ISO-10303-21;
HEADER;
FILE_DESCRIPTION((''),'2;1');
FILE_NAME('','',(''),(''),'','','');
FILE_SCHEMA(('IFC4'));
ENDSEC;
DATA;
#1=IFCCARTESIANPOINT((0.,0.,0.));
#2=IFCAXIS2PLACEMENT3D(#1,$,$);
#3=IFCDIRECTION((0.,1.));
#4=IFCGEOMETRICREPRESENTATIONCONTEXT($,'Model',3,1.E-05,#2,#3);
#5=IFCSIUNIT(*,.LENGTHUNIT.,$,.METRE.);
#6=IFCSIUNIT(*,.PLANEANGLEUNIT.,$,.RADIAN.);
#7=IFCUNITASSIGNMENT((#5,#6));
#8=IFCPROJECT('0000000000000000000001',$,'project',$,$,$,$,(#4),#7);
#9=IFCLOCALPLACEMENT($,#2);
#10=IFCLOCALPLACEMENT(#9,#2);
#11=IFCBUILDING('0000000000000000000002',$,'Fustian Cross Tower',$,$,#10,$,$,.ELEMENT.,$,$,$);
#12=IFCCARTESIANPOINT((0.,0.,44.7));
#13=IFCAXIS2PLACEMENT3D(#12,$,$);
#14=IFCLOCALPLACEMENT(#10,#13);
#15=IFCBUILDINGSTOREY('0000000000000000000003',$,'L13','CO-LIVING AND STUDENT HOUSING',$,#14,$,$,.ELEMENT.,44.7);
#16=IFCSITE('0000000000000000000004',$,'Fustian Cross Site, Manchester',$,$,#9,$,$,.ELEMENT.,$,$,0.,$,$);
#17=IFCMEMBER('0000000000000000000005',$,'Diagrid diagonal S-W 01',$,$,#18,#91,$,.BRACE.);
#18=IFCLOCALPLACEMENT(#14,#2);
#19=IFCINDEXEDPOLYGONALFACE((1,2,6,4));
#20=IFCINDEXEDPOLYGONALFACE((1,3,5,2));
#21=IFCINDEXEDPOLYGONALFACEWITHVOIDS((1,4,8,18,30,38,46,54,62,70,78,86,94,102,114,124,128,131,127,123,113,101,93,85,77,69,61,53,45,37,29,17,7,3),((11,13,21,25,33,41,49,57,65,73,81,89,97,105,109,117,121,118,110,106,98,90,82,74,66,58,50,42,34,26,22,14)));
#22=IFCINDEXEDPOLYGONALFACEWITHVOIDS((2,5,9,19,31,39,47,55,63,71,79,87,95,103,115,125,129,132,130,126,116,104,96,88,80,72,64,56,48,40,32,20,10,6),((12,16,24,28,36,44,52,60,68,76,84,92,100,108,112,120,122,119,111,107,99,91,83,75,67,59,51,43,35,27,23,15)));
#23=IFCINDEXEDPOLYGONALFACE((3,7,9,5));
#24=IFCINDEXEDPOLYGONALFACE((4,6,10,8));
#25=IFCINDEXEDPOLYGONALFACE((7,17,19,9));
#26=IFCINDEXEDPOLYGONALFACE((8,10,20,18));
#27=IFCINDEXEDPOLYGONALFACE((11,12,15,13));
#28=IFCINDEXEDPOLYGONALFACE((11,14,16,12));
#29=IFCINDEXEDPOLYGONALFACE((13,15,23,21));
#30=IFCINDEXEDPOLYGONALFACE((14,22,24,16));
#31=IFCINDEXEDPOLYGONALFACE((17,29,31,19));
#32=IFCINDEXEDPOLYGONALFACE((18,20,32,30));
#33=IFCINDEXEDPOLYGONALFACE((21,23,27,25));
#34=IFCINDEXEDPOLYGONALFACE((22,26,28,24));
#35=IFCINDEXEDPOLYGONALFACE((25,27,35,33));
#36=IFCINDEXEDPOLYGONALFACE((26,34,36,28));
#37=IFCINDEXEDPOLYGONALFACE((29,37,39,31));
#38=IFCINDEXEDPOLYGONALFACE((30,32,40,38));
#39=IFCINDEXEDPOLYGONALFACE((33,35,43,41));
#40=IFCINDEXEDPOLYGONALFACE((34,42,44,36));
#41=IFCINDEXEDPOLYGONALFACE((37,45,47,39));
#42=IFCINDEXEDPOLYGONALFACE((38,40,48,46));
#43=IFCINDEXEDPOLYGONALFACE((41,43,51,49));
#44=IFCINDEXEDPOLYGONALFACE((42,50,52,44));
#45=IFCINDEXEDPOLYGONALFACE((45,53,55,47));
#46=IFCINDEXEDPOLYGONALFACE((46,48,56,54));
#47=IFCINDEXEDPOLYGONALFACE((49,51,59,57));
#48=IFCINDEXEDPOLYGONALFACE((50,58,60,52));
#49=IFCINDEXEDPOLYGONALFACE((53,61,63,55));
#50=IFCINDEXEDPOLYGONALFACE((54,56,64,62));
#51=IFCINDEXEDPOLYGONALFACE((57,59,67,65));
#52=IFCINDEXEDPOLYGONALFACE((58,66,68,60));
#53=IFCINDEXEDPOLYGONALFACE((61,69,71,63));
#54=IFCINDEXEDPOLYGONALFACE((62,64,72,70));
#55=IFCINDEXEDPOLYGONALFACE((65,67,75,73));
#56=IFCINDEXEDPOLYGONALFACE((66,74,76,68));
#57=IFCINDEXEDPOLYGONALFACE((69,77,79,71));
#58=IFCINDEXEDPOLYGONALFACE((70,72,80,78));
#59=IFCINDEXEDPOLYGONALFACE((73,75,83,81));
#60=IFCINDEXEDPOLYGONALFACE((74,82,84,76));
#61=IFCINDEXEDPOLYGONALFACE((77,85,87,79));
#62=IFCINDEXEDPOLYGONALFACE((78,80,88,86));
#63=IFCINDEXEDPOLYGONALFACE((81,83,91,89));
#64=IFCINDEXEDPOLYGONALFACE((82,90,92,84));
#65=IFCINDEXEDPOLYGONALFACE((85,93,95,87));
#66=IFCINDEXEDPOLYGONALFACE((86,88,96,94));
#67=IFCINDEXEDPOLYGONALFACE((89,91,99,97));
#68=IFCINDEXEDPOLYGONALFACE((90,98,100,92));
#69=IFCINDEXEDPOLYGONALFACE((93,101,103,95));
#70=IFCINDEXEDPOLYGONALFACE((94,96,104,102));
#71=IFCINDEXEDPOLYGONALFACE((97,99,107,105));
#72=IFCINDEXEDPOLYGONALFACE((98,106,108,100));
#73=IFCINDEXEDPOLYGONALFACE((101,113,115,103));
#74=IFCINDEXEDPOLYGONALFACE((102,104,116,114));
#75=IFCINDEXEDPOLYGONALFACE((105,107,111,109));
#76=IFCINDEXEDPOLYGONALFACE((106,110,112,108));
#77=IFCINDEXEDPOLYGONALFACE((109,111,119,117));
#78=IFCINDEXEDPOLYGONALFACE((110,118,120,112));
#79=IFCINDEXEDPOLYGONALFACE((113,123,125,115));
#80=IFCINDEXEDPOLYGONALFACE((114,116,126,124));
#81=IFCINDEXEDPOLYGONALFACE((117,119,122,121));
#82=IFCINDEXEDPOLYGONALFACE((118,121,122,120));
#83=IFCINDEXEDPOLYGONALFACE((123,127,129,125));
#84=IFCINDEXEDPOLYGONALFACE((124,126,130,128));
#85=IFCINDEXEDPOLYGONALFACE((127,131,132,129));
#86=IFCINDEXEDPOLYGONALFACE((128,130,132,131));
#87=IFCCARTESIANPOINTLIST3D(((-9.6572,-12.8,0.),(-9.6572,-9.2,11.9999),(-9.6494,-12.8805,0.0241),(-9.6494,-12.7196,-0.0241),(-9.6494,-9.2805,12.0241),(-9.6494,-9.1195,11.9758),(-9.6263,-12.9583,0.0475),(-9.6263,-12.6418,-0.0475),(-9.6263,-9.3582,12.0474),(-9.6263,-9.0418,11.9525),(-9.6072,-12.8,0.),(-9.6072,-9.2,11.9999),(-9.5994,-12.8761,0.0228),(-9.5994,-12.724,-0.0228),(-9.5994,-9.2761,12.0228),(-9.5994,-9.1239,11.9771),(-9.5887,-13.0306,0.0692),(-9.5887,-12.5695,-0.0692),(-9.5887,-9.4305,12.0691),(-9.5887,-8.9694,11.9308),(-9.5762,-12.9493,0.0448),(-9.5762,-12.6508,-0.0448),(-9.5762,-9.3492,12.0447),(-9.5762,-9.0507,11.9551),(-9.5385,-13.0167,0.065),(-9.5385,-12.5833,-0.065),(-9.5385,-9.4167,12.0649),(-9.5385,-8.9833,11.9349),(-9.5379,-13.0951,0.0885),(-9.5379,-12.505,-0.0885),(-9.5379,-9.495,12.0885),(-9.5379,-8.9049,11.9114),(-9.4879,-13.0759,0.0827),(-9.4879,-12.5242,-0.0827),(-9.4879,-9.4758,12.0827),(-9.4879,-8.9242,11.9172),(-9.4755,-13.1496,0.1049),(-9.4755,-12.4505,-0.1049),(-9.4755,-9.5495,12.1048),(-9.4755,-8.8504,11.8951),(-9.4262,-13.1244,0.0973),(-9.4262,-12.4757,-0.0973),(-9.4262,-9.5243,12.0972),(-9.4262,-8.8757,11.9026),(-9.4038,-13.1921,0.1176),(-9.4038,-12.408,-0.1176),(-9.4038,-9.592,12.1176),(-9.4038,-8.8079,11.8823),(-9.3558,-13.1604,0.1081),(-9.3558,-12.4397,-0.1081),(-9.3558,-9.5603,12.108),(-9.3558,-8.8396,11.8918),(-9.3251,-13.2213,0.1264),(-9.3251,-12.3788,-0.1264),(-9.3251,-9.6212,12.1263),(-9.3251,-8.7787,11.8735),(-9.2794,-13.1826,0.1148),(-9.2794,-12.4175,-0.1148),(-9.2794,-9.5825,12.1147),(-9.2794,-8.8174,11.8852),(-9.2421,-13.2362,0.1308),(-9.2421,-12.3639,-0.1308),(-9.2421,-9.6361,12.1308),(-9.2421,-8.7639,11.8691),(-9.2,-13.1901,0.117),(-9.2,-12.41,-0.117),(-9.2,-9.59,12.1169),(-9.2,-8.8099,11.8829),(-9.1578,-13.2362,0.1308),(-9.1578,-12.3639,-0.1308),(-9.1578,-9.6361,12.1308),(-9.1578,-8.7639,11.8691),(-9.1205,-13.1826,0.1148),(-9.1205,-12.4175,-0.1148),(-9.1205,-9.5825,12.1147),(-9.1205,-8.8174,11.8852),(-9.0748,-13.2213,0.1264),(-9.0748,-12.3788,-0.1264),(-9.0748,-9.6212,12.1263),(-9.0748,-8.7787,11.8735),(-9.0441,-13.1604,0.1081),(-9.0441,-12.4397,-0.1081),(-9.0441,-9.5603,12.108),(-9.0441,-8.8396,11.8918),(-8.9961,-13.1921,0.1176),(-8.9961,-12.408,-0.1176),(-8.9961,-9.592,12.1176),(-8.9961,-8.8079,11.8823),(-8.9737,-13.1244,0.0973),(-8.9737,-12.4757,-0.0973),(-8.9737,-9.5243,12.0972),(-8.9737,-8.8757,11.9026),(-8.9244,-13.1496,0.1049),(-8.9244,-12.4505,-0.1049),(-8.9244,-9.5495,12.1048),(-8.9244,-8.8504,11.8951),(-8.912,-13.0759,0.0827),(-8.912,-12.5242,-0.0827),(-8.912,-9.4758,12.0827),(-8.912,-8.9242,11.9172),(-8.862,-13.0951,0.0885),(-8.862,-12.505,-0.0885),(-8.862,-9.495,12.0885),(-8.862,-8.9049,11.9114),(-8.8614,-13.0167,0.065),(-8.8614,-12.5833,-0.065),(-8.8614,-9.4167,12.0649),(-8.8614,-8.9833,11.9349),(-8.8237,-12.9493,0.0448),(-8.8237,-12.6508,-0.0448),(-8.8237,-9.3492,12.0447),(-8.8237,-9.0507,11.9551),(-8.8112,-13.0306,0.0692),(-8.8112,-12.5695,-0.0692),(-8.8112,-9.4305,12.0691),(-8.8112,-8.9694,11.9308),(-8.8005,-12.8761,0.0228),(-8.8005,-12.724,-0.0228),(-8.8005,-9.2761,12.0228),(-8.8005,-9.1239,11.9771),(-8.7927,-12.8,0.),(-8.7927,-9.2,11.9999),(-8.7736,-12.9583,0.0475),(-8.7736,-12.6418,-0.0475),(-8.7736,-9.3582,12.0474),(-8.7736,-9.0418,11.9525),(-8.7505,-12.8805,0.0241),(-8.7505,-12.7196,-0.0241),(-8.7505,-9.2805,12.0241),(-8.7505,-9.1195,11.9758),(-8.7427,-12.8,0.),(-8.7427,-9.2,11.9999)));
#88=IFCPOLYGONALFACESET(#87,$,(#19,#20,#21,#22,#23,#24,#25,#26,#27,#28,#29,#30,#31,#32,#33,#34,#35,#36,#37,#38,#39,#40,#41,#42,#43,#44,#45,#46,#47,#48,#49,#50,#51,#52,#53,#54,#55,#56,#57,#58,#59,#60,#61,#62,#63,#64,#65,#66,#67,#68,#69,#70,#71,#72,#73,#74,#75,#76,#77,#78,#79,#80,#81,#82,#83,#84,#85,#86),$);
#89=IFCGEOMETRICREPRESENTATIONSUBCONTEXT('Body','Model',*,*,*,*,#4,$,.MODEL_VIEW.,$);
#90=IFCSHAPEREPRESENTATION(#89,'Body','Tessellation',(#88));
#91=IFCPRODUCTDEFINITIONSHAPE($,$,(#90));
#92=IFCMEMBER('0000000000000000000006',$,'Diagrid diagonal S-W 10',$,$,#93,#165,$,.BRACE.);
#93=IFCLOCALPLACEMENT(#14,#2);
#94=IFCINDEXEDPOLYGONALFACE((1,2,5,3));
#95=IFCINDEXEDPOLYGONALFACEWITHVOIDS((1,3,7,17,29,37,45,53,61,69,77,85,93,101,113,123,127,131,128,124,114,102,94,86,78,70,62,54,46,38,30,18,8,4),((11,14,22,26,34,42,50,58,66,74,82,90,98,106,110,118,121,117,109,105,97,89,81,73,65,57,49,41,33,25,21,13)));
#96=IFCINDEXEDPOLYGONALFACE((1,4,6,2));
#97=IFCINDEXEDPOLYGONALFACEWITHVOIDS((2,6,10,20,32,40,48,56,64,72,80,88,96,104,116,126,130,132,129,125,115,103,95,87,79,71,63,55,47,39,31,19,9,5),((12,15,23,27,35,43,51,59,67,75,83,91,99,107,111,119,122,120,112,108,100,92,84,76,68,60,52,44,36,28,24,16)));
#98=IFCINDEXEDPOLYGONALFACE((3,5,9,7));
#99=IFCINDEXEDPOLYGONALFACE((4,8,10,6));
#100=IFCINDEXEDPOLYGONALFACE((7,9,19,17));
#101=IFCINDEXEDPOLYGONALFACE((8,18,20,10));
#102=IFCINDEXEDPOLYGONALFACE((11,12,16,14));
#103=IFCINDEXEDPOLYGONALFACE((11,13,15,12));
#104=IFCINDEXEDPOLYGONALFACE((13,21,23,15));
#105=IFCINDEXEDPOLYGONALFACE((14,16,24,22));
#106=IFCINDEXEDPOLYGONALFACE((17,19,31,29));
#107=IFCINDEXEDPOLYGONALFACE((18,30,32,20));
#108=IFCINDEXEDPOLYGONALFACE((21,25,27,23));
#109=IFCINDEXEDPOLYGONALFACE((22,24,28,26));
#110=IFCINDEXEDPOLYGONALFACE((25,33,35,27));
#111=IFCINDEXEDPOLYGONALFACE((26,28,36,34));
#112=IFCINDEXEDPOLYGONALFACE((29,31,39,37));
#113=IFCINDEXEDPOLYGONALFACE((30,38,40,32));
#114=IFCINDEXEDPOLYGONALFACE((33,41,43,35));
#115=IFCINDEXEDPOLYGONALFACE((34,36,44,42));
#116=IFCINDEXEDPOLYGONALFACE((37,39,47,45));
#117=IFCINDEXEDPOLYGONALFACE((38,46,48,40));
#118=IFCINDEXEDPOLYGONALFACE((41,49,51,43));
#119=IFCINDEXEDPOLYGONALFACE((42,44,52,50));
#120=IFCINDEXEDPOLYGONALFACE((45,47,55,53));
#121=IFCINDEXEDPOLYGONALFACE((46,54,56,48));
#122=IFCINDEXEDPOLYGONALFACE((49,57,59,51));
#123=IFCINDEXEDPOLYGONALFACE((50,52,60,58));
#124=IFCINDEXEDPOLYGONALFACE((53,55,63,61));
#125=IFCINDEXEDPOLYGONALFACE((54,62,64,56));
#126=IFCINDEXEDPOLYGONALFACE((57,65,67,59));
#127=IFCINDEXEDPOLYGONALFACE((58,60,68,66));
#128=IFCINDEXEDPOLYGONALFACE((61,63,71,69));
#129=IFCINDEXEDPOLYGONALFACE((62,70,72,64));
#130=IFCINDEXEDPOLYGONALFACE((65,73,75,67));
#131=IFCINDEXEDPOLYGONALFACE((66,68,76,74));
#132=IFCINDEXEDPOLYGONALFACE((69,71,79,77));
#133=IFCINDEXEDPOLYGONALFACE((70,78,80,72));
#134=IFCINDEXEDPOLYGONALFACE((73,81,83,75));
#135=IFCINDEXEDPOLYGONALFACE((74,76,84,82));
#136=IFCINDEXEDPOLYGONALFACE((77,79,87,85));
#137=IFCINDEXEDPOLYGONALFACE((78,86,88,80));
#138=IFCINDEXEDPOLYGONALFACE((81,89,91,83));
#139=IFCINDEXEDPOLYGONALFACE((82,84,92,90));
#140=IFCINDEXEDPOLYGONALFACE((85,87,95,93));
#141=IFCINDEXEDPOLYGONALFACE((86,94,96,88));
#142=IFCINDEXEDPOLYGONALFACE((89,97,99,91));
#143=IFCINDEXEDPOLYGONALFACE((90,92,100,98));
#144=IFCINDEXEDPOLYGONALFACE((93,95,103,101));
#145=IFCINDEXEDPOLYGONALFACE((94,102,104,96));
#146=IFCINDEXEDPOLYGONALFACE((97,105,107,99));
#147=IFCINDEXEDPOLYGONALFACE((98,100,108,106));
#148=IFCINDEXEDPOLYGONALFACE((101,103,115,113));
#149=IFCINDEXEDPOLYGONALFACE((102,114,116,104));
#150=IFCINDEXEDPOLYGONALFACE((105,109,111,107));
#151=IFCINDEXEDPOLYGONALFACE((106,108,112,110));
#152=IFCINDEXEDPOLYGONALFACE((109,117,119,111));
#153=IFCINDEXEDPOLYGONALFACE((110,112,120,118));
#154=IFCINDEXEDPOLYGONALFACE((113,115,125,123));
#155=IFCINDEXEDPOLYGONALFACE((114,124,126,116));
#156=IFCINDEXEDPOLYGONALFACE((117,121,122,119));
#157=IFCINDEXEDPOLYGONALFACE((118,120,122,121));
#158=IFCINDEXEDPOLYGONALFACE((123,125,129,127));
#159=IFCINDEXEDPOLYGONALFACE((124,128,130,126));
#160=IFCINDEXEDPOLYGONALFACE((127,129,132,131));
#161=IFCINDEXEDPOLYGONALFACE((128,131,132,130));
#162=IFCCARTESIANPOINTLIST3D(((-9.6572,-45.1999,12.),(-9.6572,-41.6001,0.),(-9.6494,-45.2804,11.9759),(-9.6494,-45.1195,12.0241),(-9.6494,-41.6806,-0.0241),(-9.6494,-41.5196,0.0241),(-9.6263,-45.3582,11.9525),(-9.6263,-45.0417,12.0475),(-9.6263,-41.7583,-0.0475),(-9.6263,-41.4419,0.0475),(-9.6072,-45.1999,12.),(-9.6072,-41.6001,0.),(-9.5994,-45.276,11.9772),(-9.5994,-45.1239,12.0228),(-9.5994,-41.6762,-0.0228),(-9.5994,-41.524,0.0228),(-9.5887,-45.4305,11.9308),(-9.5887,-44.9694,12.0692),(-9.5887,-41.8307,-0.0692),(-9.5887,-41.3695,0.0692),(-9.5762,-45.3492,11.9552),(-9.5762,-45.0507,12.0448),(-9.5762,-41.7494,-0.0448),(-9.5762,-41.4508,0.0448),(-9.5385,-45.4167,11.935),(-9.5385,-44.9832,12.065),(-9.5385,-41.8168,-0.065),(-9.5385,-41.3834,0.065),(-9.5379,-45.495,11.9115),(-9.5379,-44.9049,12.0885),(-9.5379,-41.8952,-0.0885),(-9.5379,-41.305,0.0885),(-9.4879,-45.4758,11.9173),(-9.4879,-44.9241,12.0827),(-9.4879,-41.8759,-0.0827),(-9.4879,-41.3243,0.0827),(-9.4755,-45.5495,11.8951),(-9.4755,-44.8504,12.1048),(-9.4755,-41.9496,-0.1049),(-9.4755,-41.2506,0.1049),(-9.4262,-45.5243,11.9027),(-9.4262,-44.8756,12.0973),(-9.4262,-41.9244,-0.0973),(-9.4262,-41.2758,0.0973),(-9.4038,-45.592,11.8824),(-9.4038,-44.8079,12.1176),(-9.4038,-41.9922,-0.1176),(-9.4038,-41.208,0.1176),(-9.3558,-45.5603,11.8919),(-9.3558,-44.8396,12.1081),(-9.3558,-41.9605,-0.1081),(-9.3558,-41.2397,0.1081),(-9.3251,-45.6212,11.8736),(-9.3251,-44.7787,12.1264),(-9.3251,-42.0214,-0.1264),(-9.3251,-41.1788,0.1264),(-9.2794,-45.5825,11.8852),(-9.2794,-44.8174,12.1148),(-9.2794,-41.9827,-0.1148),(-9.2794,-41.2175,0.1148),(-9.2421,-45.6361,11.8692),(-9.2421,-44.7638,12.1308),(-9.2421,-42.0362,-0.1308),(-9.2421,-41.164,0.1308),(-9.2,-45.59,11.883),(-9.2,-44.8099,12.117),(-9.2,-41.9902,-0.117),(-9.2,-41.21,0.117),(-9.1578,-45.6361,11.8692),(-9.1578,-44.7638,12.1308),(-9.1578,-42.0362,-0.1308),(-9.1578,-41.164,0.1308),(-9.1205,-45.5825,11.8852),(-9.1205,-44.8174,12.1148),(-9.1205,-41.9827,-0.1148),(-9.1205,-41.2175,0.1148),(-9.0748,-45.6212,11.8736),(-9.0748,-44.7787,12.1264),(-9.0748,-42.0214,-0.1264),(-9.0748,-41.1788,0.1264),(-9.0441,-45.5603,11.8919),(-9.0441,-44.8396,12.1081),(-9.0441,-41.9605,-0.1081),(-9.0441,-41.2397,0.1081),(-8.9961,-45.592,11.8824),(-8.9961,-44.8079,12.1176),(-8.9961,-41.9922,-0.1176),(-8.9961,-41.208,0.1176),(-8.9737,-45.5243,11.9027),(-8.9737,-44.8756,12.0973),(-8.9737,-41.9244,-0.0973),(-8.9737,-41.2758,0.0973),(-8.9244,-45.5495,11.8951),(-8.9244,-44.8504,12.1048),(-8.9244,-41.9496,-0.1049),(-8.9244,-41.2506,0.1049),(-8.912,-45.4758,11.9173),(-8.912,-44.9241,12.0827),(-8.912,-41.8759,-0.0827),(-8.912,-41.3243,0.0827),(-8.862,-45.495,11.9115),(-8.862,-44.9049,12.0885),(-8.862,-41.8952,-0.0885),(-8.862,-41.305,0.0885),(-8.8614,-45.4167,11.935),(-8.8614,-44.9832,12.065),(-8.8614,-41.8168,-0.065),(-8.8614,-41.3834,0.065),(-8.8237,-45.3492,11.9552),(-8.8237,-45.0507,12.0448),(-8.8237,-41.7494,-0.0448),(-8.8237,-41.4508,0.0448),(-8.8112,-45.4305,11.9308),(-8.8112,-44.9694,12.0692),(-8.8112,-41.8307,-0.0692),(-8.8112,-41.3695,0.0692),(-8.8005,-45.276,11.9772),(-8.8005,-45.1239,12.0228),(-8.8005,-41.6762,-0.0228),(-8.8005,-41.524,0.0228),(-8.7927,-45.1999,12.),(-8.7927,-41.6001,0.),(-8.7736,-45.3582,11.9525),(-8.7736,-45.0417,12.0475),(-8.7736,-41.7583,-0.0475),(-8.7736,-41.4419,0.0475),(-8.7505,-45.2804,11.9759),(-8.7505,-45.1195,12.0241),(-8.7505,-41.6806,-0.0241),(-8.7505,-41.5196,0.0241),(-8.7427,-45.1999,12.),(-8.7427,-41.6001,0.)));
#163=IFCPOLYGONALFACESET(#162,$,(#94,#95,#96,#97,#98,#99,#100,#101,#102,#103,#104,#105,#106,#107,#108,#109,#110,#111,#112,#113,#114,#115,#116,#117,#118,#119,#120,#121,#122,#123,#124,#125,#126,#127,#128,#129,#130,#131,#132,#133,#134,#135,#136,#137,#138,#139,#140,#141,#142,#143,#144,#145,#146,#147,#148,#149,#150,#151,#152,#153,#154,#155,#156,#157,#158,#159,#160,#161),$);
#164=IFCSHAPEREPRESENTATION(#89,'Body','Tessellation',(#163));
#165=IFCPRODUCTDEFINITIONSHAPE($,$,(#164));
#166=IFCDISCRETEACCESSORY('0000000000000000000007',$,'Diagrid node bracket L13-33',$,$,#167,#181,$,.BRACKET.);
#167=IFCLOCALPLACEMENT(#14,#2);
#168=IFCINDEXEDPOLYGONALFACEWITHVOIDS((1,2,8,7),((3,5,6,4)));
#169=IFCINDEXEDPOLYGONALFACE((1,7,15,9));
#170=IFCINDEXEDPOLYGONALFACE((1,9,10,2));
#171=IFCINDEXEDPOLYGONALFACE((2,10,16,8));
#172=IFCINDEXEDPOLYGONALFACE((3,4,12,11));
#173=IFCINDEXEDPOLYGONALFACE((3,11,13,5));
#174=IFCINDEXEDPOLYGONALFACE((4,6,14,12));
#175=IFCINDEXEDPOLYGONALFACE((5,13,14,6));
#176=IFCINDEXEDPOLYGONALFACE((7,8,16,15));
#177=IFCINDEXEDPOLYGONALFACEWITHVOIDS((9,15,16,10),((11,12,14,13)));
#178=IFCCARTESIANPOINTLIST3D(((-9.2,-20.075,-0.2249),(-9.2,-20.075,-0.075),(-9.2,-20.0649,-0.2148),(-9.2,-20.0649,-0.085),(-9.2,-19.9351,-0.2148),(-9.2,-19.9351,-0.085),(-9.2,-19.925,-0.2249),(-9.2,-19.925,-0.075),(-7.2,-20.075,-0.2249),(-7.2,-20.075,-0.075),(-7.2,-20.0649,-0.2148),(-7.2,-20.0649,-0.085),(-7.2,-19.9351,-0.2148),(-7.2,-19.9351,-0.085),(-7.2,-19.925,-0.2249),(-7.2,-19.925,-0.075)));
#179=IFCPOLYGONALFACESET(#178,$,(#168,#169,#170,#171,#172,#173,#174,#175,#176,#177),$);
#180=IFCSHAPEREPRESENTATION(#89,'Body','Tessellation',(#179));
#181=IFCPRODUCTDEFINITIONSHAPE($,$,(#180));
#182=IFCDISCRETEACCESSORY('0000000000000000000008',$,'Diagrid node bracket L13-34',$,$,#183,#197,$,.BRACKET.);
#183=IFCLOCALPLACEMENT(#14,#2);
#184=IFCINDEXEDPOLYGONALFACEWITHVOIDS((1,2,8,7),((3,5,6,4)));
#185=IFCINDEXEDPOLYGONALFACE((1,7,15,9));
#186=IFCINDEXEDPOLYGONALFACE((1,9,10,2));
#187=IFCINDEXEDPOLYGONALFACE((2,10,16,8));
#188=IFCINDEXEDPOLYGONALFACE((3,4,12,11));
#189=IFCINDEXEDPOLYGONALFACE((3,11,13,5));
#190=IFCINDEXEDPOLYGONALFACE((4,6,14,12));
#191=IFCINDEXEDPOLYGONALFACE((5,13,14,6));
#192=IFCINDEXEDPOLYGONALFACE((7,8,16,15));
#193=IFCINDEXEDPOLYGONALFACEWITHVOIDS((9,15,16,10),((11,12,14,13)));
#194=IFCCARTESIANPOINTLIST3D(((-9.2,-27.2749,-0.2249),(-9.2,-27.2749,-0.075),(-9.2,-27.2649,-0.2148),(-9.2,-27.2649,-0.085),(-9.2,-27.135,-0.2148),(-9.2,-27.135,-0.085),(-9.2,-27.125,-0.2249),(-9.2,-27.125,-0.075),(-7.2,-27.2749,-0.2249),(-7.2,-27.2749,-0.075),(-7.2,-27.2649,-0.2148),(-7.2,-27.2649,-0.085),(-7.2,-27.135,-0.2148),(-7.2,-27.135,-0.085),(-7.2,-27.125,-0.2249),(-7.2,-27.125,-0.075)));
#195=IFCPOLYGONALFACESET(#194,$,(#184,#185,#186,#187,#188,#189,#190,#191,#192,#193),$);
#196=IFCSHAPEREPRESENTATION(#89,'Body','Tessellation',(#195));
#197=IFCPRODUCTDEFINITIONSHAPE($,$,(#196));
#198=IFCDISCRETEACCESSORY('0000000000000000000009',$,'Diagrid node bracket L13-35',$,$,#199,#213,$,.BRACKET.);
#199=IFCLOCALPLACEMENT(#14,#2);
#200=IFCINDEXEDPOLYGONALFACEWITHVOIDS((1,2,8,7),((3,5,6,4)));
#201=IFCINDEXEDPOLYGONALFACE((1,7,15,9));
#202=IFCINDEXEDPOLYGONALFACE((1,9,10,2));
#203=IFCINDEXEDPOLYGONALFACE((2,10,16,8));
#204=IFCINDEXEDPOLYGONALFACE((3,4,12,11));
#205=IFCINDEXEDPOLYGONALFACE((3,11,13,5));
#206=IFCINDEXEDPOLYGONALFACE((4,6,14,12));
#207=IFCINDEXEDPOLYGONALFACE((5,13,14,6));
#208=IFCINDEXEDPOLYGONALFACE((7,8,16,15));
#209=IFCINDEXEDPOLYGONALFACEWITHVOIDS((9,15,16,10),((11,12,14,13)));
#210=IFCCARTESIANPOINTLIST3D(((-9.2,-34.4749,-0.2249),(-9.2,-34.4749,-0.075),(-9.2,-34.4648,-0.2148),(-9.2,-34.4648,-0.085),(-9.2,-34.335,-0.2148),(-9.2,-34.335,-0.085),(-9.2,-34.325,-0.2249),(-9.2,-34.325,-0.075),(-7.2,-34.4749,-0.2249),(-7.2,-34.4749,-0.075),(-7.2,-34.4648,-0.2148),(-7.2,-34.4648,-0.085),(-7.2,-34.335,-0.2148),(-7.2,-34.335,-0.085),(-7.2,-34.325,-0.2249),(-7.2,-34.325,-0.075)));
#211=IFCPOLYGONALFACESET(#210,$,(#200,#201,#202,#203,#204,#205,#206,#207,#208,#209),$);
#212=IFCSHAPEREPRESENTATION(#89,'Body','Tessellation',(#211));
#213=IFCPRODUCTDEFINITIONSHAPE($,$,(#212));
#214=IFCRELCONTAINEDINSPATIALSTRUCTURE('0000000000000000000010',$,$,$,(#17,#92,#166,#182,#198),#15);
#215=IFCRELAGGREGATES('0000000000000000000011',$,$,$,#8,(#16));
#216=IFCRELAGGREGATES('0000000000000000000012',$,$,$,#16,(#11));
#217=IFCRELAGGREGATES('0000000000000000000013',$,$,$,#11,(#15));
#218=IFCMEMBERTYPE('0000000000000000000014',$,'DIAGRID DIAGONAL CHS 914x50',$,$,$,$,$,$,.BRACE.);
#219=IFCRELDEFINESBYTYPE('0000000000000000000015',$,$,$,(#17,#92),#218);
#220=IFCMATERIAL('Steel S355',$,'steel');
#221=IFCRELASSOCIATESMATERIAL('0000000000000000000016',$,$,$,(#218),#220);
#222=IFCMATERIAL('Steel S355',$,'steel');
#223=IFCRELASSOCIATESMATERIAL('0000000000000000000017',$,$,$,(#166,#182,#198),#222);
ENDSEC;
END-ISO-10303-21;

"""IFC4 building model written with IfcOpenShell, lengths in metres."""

from ifc_helpers import new_model, si_unit, direction, frame, origin, origin_2d, place, context, subcontext, project, spatial, hollow_rectangle, hollow_circle, extrude, material, material_profile, profile_set, type_object, element, save


model = new_model("IFC4")

# Units and contexts
model_context = context("Model", 3, precision=1e-05, world=origin(), true_north=direction((0.0, 1.0)))
body_context = subcontext(model_context, "Body", "Model", "MODEL_VIEW")
ifc_project = project(units=[si_unit("LENGTHUNIT", "METRE"), si_unit("PLANEANGLEUNIT", "RADIAN")], contexts=[model_context])

# Site, building, storey
site_placement = place(None, origin())
site = spatial("IfcSite", under=ifc_project, at=site_placement, Name="Fustian Cross Site, Manchester", CompositionType="ELEMENT", RefElevation=0.0)
building_placement = place(site_placement, origin())
building = spatial("IfcBuilding", under=site, at=building_placement, Name="Fustian Cross Tower", CompositionType="ELEMENT")
storey_placement = place(building_placement, frame((0.0, 0.0, 44.7)))
storey = spatial("IfcBuildingStorey", under=building, at=storey_placement, Name="L13", Description="CO-LIVING AND STUDENT HOUSING", CompositionType="ELEMENT", Elevation=44.7)

# Members
ifc_material_1 = material(Name="Steel S355", Category="steel")
ifc_material_profile_1 = material_profile(ifc_material_1, hollow_circle(Radius=0.4573, WallThickness=0.05, at=origin_2d()), Name="CHS 914x50")
ifc_profile_set_1 = profile_set([ifc_material_profile_1], Name="Steel S355")
member_type_1 = type_object("IfcMemberType", Name="DIAGRID DIAGONAL CHS 914x50", PredefinedType="BRACE", material=ifc_profile_set_1)
for number, where, z_axis, x_axis, name in (
    (1, (-9.2, -12.8, 0.0), (0.0, 0.287355, 0.957824), (-1.0, 0.0, 0.0), "Diagrid diagonal S-W 01"),
    (2, (-9.2, -41.6001, 0.0), (0.0, -0.287337, 0.95783), (1.0, 0.0, 0.0), "Diagrid diagonal S-W 10"),
):
    element("IfcMember", number, at=place(storey_placement, frame(where, z_axis=z_axis, x_axis=x_axis)), inside=storey, type_object=member_type_1, Name=name, PredefinedType="BRACE", context=body_context, shape_type="SweptSolid", body=[
        extrude(hollow_circle(Radius=0.4573, WallThickness=0.05, at=origin_2d()), origin(), (0.0, 0.0, 1.0), 12.5283),
    ])

# Discrete accessories
ifc_material_2 = material(Name="Steel S355", Category="steel")
for number, where, z_axis, x_axis, name in (
    (3, (-9.2, -20.0, -0.1499), (1.0, 0.0, 0.0), (0.0, 1.0, 0.0), "Diagrid node bracket L13-33"),
    (4, (-9.2, -27.2, -0.1499), (1.0, 0.0, 0.0), (0.0, 1.0, 0.0), "Diagrid node bracket L13-34"),
    (5, (-9.2, -34.3999, -0.1499), (1.0, 0.0, 0.0), (0.0, 1.0, 0.0), "Diagrid node bracket L13-35"),
):
    element("IfcDiscreteAccessory", number, at=place(storey_placement, frame(where, z_axis=z_axis, x_axis=x_axis)), inside=storey, material=ifc_material_2, Name=name, PredefinedType="BRACKET", context=body_context, shape_type="SweptSolid", body=[
        extrude(hollow_rectangle(XDim=0.1499, YDim=0.1499, WallThickness=0.01, at=origin_2d()), origin(), (0.0, 0.0, 1.0), 2.0),
    ])

save(model, "model.ifc")
